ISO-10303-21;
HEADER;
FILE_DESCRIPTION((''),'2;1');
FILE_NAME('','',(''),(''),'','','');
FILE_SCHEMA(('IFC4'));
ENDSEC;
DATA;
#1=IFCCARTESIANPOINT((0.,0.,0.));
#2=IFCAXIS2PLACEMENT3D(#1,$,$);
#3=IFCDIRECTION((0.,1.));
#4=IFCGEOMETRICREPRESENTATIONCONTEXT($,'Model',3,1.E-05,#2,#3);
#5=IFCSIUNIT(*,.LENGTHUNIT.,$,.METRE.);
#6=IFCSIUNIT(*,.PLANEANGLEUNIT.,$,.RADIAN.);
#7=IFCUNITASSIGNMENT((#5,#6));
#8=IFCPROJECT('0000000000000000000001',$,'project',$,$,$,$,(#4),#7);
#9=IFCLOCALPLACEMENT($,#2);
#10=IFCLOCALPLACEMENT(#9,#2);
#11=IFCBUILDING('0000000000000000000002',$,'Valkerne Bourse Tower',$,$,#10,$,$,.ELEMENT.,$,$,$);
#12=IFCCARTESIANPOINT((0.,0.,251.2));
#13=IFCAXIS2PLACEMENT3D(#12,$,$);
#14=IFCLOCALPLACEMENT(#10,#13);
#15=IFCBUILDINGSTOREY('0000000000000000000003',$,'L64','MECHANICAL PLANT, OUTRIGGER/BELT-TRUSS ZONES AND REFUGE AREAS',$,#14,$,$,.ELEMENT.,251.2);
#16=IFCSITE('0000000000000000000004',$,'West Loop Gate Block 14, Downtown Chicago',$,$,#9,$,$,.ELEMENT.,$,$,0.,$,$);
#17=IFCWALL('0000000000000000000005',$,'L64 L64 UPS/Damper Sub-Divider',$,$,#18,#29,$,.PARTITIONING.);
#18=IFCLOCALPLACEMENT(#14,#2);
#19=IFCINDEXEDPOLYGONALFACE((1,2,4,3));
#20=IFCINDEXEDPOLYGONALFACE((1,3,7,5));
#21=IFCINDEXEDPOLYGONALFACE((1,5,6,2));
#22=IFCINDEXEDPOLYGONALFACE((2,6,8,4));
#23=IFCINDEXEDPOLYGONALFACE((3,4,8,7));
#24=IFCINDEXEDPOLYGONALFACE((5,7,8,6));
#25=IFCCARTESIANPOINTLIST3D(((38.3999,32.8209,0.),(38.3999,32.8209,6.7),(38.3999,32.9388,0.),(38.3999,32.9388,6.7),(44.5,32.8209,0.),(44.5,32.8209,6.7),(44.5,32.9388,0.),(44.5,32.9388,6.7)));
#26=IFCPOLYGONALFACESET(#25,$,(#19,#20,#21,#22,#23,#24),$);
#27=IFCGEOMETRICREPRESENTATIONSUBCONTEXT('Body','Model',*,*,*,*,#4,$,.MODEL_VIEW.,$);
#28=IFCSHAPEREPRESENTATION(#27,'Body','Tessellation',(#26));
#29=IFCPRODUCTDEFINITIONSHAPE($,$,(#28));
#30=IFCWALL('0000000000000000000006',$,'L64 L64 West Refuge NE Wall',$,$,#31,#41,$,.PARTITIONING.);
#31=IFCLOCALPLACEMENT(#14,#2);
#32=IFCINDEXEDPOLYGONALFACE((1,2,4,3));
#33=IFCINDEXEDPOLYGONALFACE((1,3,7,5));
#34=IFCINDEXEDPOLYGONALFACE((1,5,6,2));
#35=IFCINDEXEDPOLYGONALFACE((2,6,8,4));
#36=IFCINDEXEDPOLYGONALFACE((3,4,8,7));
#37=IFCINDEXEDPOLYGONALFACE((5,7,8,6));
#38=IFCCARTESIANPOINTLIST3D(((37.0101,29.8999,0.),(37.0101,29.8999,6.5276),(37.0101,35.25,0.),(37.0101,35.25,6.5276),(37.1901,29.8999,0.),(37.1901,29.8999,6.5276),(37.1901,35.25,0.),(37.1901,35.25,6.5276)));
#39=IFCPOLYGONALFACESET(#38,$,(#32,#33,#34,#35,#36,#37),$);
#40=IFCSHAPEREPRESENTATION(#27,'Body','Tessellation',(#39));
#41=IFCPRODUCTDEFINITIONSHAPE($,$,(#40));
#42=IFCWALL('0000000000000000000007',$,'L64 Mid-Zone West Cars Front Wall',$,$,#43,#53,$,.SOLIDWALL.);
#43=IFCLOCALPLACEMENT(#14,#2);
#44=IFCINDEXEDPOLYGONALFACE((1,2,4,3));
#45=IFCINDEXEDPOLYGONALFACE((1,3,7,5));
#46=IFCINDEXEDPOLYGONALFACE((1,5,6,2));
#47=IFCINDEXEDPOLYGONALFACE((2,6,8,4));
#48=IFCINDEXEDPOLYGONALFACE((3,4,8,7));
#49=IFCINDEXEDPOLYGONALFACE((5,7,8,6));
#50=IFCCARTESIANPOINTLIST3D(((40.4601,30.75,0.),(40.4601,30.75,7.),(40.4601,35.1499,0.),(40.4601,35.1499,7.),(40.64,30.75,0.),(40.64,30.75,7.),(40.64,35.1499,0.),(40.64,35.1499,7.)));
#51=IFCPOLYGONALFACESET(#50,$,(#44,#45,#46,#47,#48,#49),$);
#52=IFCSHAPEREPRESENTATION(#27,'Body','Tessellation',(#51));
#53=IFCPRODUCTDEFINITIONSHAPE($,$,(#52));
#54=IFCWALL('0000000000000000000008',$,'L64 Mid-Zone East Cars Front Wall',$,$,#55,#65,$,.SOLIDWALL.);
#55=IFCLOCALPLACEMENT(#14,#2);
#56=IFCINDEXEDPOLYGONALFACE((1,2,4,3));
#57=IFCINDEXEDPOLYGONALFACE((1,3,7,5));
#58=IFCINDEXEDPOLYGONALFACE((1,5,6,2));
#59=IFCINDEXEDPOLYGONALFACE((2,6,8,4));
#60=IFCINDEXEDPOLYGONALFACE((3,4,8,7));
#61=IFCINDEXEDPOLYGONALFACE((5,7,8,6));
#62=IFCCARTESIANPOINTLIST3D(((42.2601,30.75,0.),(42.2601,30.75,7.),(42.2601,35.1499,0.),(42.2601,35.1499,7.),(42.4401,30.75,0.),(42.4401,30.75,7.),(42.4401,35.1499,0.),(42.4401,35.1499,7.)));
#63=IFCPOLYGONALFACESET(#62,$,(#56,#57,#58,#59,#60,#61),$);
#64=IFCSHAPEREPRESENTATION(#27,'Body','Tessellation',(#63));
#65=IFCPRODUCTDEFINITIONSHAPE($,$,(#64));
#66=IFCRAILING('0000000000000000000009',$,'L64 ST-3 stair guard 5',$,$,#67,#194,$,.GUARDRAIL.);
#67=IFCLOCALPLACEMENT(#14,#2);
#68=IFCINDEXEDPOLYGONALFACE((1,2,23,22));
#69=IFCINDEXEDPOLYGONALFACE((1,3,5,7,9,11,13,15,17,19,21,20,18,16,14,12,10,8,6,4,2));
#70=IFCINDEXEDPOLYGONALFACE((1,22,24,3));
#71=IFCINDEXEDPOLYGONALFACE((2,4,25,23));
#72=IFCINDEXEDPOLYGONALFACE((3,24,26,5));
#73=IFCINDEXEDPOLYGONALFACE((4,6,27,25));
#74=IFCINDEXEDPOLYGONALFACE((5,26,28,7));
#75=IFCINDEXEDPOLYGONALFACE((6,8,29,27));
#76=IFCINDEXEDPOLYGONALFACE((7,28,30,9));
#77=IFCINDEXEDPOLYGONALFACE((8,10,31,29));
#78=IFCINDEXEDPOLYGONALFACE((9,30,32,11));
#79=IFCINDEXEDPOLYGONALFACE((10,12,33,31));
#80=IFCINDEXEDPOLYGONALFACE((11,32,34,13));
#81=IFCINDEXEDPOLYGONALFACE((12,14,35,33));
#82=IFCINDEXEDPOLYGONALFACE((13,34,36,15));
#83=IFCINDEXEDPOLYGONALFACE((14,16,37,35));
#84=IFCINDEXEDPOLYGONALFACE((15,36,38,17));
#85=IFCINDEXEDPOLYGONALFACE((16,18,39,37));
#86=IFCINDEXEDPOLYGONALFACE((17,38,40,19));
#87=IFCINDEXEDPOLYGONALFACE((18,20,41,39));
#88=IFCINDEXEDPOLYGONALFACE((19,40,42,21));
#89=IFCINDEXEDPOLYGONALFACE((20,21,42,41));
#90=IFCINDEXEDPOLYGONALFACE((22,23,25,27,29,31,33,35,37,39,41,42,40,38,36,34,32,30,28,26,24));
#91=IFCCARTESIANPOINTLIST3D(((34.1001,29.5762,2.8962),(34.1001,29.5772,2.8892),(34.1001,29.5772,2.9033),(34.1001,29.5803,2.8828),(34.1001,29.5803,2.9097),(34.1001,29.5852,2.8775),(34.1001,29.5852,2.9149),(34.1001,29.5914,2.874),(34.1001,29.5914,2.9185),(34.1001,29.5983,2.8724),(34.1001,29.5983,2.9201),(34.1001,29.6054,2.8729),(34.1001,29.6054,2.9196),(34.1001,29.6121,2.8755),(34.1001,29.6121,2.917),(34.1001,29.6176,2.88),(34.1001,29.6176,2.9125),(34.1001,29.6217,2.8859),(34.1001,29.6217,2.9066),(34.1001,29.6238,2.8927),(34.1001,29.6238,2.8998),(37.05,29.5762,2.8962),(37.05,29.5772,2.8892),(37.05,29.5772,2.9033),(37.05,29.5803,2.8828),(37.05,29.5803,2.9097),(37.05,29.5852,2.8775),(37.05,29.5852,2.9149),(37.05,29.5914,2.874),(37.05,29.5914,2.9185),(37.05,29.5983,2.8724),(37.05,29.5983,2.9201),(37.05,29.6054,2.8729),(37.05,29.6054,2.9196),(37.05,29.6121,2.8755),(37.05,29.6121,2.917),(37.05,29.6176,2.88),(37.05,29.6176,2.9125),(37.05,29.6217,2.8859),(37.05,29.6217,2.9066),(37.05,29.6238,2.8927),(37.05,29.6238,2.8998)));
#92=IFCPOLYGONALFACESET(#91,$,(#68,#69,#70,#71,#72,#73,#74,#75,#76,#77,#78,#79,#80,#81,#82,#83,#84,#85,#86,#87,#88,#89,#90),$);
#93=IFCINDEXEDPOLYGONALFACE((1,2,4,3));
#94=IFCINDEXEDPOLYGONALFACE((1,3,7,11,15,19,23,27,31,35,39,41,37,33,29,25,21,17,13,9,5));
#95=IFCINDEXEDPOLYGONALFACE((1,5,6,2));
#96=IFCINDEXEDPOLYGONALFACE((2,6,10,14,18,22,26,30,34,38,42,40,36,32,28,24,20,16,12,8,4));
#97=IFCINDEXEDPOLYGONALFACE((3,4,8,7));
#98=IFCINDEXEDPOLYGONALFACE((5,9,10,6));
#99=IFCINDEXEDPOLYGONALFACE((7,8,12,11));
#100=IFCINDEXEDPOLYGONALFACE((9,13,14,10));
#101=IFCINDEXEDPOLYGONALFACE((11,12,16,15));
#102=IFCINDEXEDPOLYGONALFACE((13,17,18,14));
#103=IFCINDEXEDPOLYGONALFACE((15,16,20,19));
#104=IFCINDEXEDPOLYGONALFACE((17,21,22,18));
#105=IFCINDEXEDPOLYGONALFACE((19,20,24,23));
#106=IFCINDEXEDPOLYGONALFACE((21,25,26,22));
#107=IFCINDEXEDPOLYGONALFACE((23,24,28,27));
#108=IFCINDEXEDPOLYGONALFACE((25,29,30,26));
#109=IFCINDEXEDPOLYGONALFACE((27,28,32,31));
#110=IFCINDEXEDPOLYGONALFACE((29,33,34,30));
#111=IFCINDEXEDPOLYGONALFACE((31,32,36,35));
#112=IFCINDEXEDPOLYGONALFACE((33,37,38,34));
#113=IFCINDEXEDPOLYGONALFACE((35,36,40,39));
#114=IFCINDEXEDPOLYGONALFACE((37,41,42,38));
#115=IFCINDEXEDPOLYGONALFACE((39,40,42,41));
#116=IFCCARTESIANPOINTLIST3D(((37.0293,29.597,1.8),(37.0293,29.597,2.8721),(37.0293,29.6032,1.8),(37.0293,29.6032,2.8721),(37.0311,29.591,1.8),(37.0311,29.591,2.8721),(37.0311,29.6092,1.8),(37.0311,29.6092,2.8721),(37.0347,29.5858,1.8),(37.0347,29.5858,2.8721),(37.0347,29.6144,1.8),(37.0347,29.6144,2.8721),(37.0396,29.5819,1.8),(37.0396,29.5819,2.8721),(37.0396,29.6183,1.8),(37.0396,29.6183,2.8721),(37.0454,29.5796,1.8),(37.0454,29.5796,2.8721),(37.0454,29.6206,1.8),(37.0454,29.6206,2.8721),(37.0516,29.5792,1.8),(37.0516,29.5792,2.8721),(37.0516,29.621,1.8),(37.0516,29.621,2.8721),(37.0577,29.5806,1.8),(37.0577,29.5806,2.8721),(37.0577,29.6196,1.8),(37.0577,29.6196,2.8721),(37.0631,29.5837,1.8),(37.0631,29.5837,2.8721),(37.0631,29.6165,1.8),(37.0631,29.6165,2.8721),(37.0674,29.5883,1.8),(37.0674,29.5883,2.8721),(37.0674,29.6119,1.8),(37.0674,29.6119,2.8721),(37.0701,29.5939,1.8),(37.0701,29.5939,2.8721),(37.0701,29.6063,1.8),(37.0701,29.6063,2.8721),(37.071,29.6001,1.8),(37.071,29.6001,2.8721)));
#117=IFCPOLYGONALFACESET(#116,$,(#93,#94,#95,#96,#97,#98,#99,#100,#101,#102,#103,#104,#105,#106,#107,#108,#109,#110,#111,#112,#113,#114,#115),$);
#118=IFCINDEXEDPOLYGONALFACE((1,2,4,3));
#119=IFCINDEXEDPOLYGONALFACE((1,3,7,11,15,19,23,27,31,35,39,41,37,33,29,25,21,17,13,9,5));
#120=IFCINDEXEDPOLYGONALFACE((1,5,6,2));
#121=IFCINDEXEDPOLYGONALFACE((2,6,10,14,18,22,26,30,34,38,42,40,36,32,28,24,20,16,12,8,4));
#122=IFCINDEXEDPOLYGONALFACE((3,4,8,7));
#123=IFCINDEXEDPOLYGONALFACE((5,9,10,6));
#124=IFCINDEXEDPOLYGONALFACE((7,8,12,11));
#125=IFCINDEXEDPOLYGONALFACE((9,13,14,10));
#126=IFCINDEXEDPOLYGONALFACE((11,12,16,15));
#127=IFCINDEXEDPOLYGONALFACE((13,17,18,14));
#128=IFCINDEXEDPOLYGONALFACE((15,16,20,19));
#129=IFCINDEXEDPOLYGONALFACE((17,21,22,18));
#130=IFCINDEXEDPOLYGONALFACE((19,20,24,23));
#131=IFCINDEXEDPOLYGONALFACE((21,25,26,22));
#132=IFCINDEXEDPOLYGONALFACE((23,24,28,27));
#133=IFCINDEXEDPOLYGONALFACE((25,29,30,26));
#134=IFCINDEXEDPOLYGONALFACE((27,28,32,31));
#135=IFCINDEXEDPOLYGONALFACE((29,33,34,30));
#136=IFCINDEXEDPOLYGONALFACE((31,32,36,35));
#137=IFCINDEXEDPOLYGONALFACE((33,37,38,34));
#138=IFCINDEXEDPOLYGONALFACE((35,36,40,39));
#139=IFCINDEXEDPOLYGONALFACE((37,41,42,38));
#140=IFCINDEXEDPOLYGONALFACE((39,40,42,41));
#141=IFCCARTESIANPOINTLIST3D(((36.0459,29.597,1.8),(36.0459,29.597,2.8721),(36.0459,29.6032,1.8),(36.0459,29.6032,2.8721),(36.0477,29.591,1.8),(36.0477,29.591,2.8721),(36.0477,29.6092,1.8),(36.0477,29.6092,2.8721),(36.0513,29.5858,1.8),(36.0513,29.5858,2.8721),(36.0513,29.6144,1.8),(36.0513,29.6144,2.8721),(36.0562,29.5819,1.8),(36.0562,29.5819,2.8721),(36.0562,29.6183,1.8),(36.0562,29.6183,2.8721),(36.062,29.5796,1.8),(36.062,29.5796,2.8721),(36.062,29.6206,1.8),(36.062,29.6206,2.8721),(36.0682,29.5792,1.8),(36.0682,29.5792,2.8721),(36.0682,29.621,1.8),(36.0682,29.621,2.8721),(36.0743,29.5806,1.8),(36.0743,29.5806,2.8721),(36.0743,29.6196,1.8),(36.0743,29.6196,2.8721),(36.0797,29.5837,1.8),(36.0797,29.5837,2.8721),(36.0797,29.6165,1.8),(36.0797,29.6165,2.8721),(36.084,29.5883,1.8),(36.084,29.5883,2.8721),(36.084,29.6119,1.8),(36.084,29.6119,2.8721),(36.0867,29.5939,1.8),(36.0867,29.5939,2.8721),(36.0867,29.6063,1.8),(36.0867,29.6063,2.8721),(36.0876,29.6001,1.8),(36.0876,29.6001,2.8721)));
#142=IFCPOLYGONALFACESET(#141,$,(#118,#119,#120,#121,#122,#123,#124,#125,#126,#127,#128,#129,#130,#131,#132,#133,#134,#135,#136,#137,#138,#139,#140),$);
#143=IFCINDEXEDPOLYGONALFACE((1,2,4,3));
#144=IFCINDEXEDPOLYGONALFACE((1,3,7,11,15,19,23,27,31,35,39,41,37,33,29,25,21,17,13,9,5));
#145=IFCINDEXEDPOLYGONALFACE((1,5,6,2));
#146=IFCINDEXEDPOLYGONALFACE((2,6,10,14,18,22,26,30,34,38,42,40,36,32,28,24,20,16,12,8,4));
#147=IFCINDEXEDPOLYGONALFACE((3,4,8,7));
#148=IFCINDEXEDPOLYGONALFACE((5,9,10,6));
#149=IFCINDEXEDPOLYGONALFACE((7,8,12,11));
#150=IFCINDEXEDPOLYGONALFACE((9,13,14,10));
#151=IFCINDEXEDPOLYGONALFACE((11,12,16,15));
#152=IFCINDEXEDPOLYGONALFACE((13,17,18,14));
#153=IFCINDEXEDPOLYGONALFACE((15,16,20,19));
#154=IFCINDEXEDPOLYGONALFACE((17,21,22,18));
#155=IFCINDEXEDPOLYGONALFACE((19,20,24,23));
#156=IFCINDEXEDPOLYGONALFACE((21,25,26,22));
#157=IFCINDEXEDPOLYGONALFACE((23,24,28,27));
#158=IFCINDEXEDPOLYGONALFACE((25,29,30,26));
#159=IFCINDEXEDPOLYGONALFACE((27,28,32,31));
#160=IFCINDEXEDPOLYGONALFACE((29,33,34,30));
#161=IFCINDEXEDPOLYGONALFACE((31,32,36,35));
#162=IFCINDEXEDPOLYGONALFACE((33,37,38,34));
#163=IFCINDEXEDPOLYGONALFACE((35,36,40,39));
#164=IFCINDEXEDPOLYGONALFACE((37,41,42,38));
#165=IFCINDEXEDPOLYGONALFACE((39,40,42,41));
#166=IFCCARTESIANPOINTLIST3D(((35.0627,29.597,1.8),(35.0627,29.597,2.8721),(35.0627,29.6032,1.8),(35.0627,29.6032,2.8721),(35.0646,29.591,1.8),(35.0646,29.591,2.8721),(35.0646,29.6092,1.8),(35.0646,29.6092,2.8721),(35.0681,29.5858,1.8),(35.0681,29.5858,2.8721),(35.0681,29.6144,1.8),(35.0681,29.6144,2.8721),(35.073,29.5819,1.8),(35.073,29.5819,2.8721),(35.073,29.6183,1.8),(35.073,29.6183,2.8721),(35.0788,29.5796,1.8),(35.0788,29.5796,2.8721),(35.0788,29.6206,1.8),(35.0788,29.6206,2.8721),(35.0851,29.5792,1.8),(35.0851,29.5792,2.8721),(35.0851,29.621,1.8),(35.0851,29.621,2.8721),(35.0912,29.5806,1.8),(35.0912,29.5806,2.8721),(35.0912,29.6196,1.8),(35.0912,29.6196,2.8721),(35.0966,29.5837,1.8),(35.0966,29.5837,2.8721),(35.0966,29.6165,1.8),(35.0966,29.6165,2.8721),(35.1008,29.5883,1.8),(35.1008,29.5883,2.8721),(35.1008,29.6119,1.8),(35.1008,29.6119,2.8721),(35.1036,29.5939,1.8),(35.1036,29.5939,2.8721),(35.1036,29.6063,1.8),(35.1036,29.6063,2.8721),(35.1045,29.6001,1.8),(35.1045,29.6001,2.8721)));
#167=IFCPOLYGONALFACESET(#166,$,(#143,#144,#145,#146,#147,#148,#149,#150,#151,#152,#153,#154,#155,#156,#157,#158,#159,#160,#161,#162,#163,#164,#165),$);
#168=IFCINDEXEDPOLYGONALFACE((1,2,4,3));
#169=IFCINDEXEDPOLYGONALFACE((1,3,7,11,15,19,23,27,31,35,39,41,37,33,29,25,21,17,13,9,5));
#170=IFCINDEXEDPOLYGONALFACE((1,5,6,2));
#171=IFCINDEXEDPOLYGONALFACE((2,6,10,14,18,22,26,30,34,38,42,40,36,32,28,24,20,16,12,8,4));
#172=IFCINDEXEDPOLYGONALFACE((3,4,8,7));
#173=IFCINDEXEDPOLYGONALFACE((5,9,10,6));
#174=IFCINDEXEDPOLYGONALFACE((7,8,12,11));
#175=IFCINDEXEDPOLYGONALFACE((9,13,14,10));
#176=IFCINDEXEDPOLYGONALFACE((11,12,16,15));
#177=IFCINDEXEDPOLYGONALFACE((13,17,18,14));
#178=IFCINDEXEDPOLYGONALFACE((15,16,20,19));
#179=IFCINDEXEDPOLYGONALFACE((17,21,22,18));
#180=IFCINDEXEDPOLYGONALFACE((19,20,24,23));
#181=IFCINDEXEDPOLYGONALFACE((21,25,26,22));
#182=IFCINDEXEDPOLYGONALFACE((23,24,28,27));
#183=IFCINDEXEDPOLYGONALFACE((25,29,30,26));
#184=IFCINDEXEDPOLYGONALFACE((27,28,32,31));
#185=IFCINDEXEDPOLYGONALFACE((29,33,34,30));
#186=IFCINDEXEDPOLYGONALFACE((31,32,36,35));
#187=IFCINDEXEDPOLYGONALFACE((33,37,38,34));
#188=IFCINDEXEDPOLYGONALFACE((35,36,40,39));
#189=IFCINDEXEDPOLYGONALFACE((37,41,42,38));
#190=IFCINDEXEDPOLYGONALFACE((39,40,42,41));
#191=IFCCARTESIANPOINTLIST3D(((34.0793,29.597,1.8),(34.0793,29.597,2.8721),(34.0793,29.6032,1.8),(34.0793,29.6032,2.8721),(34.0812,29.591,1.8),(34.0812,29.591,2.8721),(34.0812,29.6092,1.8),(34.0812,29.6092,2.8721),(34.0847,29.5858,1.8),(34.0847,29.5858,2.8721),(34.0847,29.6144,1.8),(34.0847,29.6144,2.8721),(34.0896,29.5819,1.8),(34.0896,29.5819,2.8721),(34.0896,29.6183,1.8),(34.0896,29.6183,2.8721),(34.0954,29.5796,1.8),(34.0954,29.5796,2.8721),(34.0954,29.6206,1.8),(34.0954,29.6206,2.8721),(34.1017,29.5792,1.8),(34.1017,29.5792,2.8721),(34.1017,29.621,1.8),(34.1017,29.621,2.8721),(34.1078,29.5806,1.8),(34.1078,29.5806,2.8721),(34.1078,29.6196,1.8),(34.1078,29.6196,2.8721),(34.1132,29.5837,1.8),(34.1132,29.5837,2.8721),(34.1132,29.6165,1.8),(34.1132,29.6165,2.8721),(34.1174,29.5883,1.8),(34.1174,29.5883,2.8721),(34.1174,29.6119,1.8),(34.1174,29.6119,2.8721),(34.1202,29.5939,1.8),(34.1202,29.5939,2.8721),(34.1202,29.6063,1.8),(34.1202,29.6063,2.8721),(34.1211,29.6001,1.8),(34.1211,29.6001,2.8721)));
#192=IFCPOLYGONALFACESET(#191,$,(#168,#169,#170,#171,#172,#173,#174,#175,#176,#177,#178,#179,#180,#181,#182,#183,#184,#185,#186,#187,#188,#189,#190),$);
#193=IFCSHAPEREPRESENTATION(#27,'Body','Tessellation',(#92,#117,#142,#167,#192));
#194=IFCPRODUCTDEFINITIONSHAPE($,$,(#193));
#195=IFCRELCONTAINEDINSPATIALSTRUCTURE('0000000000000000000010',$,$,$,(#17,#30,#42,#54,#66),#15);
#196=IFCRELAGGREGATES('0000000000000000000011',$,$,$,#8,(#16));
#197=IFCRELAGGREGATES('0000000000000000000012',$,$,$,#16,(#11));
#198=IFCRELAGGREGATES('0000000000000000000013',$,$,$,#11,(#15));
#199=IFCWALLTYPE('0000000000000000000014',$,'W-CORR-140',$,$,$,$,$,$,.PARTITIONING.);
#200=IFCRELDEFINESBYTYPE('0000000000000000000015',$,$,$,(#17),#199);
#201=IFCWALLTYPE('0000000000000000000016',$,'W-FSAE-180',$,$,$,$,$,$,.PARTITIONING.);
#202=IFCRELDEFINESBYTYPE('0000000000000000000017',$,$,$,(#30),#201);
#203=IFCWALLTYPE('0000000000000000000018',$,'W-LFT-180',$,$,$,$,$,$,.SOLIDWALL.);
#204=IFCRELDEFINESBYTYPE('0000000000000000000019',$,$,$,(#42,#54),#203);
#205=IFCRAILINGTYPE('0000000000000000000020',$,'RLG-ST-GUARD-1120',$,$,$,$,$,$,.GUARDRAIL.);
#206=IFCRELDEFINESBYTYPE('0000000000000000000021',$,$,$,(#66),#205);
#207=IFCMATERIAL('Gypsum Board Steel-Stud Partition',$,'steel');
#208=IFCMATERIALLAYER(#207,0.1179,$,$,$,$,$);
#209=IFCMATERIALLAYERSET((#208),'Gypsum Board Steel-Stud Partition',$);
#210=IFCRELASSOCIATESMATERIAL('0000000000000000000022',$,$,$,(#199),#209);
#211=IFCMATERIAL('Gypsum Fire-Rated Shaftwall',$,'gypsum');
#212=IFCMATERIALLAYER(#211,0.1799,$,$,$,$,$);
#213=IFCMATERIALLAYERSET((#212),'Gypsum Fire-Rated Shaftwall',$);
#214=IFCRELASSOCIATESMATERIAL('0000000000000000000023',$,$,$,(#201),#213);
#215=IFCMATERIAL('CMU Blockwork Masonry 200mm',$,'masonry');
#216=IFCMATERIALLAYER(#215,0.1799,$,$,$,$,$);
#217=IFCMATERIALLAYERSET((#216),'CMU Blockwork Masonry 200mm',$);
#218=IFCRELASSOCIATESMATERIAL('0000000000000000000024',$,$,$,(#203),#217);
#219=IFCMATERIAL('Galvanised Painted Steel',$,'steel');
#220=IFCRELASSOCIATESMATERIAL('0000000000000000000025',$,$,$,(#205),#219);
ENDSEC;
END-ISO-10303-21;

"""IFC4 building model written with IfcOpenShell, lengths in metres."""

from ifc_helpers import new_model, si_unit, direction, frame, frame_2d, origin, origin_2d, place, context, subcontext, project, spatial, rectangle, circle, extrude, material, layer, layer_set, type_object, element, save


model = new_model("IFC4")

# Units and contexts
model_context = context("Model", 3, precision=1e-05, world=origin(), true_north=direction((0.0, 1.0)))
body_context = subcontext(model_context, "Body", "Model", "MODEL_VIEW")
ifc_project = project(units=[si_unit("LENGTHUNIT", "METRE"), si_unit("PLANEANGLEUNIT", "RADIAN")], contexts=[model_context])

# Site, building, storey
site_placement = place(None, origin())
site = spatial("IfcSite", under=ifc_project, at=site_placement, Name="West Loop Gate Block 14, Downtown Chicago", CompositionType="ELEMENT", RefElevation=0.0)
building_placement = place(site_placement, origin())
building = spatial("IfcBuilding", under=site, at=building_placement, Name="Valkerne Bourse Tower", CompositionType="ELEMENT")
storey_placement = place(building_placement, frame((0.0, 0.0, 251.2)))
storey = spatial("IfcBuildingStorey", under=building, at=storey_placement, Name="L64", Description="MECHANICAL PLANT, OUTRIGGER/BELT-TRUSS ZONES AND REFUGE AREAS", CompositionType="ELEMENT", Elevation=251.2)

# Shared definitions
ifc_material_1 = material(Name="Gypsum Board Steel-Stud Partition", Category="steel")
ifc_layer_1 = layer(ifc_material_1, 0.1179)
ifc_layer_set_1 = layer_set([ifc_layer_1], Name="Gypsum Board Steel-Stud Partition")
wall_type_1 = type_object("IfcWallType", Name="W-CORR-140", PredefinedType="PARTITIONING", material=ifc_layer_set_1)

# Walls
for number, where, z_axis, x_axis, name in (
    (1, (38.3999, 32.8799, 0.0), (0.0, 0.0, 1.0), (1.0, 0.0, 0.0), "L64 L64 UPS/Damper Sub-Divider"),
):
    element("IfcWall", number, at=place(storey_placement, frame(where, z_axis=z_axis, x_axis=x_axis)), inside=storey, type_object=wall_type_1, Name=name, PredefinedType="PARTITIONING", context=body_context, shape_type="SweptSolid", body=[
        extrude(rectangle(XDim=6.1001, YDim=0.1179, at=frame_2d((3.05, 0.0))), origin(), (0.0, 0.0, 1.0), 6.7),
    ])
ifc_material_2 = material(Name="Gypsum Fire-Rated Shaftwall", Category="gypsum")
ifc_layer_2 = layer(ifc_material_2, 0.1799)
ifc_layer_set_2 = layer_set([ifc_layer_2], Name="Gypsum Fire-Rated Shaftwall")
wall_type_2 = type_object("IfcWallType", Name="W-FSAE-180", PredefinedType="PARTITIONING", material=ifc_layer_set_2)
wall_1_placement = place(storey_placement, frame((37.1001, 29.8999, 0.0), z_axis=(0.0, 0.0, 1.0), x_axis=(0.0, 1.0, 0.0)))
element("IfcWall", 2, at=wall_1_placement, inside=storey, type_object=wall_type_2, Name="L64 L64 West Refuge NE Wall", PredefinedType="PARTITIONING", context=body_context, shape_type="SweptSolid", body=[
    extrude(rectangle(XDim=5.3501, YDim=0.1799, at=frame_2d((2.675, 0.0))), origin(), (0.0, 0.0, 1.0), 6.5276),
])
ifc_material_3 = material(Name="CMU Blockwork Masonry 200mm", Category="masonry")
ifc_layer_3 = layer(ifc_material_3, 0.1799)
ifc_layer_set_3 = layer_set([ifc_layer_3], Name="CMU Blockwork Masonry 200mm")
wall_type_3 = type_object("IfcWallType", Name="W-LFT-180", PredefinedType="SOLIDWALL", material=ifc_layer_set_3)
for number, where, z_axis, x_axis, name in (
    (3, (40.55, 30.75, 0.0), (0.0, 0.0, 1.0), (0.0, 1.0, 0.0), "L64 Mid-Zone West Cars Front Wall"),
    (4, (42.3501, 30.75, 0.0), (0.0, 0.0, 1.0), (0.0, 1.0, 0.0), "L64 Mid-Zone East Cars Front Wall"),
):
    element("IfcWall", number, at=place(storey_placement, frame(where, z_axis=z_axis, x_axis=x_axis)), inside=storey, type_object=wall_type_3, Name=name, PredefinedType="SOLIDWALL", context=body_context, shape_type="SweptSolid", body=[
        extrude(rectangle(XDim=4.3999, YDim=0.1799, at=frame_2d((2.2, 0.0))), origin(), (0.0, 0.0, 1.0), 7.0),
    ])

# Railing
ifc_material_4 = material(Name="Galvanised Painted Steel", Category="steel")
railing_type = type_object("IfcRailingType", Name="RLG-ST-GUARD-1120", PredefinedType="GUARDRAIL", material=ifc_material_4)
for number, where, name in (
    (5, (37.05, 29.6001, 1.8), "L64 ST-3 stair guard 5"),
):
    element("IfcRailing", number, at=place(storey_placement, frame(where)), inside=storey, type_object=railing_type, Name=name, PredefinedType="GUARDRAIL", context=body_context, shape_type="SweptSolid", body=[
        extrude(circle(Radius=0.0239, at=origin_2d()), frame((0.0, 0.0, 1.0962), z_axis=(-1.0, 0.0, 0.0), x_axis=(0.0, -1.0, 0.0)), (0.0, 0.0, 1.0), 2.95),
        extrude(circle(Radius=0.021, at=origin_2d()), origin(), (0.0, 0.0, 1.0), 1.072),
        extrude(circle(Radius=0.021, at=origin_2d()), frame((-0.9834, 0.0, 0.0)), (0.0, 0.0, 1.0), 1.072),
        extrude(circle(Radius=0.021, at=origin_2d()), frame((-1.9666, 0.0, 0.0)), (0.0, 0.0, 1.0), 1.072),
        extrude(circle(Radius=0.021, at=origin_2d()), frame((-2.95, 0.0, 0.0)), (0.0, 0.0, 1.0), 1.072),
    ])

save(model, "model.ifc")
